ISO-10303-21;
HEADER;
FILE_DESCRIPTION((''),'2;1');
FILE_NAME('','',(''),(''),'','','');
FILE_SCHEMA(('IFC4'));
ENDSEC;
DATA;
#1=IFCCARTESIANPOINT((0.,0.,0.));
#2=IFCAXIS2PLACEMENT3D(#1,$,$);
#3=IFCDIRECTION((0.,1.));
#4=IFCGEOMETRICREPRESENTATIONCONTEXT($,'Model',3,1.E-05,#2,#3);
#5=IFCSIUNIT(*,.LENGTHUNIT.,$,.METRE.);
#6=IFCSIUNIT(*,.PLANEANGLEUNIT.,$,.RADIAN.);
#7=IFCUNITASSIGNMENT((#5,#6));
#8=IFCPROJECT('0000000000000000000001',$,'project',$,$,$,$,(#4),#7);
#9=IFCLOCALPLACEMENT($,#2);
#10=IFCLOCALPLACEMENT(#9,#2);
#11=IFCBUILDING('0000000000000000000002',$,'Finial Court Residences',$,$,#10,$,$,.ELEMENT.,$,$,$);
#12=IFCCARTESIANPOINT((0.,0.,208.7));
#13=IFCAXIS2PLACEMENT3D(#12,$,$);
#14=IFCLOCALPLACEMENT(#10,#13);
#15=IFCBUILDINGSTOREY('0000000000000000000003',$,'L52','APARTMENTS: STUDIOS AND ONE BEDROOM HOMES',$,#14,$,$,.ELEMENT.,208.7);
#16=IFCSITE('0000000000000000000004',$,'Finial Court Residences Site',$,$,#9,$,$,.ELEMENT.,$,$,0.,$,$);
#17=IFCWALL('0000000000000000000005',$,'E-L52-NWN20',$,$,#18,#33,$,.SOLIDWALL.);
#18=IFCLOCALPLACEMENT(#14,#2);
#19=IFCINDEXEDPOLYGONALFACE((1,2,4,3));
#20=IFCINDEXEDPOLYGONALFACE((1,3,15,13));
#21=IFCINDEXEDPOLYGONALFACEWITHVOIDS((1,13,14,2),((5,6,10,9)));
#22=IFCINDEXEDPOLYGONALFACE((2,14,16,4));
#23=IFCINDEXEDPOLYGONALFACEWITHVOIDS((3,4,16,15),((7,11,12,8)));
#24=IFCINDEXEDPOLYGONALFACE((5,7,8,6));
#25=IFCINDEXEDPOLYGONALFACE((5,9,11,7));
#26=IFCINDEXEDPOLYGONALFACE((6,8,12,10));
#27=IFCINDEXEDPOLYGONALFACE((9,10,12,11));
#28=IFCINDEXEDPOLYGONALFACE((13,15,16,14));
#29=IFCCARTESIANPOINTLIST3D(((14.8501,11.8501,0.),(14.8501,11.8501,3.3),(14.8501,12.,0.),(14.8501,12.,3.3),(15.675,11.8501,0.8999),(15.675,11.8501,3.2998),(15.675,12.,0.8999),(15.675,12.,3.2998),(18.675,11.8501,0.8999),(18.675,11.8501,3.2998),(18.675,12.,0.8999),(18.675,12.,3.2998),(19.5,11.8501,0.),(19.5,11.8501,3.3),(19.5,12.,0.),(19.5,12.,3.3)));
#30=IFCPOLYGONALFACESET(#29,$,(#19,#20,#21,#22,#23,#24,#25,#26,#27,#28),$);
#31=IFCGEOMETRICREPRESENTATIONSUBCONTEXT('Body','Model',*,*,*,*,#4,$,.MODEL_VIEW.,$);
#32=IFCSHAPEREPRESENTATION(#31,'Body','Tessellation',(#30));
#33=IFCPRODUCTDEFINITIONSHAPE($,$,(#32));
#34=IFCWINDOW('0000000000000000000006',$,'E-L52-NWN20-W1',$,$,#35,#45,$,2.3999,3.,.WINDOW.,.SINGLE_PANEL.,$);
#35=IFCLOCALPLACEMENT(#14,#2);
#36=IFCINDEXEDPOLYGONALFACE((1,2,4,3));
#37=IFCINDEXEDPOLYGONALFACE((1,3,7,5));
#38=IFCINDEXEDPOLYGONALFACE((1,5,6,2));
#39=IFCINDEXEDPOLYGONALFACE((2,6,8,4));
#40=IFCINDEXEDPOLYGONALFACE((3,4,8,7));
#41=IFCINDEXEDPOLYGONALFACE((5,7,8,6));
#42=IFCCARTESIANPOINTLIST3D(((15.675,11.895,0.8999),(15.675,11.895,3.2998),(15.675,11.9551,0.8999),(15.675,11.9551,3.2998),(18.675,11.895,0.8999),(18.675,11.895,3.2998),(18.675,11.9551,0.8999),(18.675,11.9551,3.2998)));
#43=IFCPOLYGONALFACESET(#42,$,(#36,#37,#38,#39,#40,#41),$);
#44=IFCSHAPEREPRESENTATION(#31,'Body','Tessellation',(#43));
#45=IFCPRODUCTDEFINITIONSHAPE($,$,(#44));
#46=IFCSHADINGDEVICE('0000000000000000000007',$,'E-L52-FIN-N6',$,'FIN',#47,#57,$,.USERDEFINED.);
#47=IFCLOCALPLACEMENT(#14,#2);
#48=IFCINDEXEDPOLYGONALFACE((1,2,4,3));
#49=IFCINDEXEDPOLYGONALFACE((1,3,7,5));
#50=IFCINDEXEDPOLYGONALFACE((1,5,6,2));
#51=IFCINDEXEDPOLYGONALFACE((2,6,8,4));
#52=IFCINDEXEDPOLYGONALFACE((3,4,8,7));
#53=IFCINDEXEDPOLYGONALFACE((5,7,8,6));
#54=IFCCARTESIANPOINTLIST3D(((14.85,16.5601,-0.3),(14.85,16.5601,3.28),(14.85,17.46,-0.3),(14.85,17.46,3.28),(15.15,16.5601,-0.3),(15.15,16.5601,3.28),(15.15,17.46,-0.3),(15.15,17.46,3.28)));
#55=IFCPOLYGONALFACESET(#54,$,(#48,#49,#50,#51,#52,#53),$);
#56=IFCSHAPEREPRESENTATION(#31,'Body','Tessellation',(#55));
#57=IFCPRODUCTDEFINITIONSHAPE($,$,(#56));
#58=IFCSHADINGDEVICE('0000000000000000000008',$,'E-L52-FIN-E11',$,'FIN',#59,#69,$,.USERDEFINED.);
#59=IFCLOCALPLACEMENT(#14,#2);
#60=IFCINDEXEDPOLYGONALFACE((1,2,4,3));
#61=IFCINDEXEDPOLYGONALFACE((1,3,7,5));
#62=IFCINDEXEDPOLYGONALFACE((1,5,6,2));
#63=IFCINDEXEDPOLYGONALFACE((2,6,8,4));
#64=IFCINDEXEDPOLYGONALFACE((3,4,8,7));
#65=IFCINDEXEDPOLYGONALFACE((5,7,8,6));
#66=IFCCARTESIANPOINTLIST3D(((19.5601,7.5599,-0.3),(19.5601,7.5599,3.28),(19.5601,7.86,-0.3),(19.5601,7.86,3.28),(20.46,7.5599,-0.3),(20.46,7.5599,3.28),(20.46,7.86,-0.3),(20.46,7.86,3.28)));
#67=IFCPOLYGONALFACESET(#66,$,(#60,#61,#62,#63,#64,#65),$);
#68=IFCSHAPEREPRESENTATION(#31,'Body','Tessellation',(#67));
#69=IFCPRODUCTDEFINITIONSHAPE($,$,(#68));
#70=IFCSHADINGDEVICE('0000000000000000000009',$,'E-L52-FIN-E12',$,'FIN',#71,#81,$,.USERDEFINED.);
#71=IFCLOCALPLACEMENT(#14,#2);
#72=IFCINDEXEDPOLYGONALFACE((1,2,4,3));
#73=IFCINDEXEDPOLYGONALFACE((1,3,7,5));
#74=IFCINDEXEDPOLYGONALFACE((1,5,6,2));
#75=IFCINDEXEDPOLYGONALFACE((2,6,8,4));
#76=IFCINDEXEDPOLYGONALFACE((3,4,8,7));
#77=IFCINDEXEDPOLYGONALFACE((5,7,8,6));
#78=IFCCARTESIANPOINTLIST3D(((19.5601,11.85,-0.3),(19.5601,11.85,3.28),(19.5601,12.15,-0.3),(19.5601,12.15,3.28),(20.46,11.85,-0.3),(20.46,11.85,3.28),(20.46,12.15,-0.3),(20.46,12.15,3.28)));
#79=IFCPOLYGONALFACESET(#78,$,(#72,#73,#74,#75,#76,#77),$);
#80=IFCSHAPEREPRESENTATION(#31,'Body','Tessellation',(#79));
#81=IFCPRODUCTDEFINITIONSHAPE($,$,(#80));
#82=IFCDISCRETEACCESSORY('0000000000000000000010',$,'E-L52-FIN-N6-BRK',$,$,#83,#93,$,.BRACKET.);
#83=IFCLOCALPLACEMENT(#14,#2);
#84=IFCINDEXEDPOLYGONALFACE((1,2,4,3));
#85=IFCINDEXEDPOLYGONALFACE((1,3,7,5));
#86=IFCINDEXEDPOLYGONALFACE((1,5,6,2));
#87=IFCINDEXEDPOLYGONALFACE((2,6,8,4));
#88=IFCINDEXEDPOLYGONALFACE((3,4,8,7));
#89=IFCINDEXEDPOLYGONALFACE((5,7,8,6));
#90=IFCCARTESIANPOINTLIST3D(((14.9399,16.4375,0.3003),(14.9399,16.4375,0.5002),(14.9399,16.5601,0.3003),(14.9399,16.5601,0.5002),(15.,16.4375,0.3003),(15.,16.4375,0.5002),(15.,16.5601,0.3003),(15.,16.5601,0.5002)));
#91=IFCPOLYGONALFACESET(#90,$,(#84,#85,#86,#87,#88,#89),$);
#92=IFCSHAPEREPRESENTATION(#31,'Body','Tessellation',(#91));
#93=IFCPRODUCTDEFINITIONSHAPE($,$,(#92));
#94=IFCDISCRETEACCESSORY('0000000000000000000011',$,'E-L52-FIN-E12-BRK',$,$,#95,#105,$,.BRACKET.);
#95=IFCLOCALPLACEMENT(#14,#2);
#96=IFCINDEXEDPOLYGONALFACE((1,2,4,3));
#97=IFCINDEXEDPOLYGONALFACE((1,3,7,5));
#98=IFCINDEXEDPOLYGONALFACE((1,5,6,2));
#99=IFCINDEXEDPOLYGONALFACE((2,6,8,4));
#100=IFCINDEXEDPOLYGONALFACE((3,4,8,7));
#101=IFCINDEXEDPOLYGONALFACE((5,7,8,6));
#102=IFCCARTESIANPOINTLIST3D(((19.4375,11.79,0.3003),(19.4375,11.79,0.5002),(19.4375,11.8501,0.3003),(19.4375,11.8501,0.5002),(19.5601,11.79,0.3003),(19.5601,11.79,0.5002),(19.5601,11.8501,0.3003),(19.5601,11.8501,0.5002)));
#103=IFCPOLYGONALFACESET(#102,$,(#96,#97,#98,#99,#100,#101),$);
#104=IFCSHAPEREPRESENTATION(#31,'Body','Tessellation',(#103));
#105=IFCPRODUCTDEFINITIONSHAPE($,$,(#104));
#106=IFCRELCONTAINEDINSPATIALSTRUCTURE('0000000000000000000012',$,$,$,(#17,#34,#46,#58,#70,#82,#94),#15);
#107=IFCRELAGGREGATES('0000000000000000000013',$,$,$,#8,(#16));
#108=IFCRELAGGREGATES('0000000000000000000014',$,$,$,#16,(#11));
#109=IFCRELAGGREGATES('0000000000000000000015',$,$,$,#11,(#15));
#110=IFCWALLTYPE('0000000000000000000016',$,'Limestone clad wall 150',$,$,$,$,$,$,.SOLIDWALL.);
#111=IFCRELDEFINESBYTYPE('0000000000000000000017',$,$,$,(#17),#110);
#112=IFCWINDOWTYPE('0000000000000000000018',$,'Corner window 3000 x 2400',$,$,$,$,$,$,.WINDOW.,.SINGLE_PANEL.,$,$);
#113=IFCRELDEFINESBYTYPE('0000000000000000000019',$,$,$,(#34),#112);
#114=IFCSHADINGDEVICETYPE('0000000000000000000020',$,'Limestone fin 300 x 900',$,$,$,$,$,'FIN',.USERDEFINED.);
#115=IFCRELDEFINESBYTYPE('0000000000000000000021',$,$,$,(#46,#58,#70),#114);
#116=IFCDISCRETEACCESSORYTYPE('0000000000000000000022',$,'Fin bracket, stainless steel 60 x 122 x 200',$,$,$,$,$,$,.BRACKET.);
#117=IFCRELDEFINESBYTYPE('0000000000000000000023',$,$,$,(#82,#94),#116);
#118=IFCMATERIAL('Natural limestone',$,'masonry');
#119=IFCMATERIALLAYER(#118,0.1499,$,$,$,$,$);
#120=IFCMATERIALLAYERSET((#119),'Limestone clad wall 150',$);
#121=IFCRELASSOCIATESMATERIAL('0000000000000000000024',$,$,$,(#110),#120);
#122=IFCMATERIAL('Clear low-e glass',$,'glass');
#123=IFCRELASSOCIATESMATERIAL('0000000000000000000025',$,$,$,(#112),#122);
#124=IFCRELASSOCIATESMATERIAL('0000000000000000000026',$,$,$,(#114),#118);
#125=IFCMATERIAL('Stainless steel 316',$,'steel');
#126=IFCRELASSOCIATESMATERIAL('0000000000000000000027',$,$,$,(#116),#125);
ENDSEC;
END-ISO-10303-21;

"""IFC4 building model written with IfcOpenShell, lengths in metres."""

from ifc_helpers import new_model, si_unit, direction, frame, frame_2d, origin, origin_2d, place, context, subcontext, project, spatial, rectangle, extrude, material, layer, layer_set, type_object, element, fill, save


model = new_model("IFC4")

# Units and contexts
model_context = context("Model", 3, precision=1e-05, world=origin(), true_north=direction((0.0, 1.0)))
body_context = subcontext(model_context, "Body", "Model", "MODEL_VIEW")
ifc_project = project(units=[si_unit("LENGTHUNIT", "METRE"), si_unit("PLANEANGLEUNIT", "RADIAN")], contexts=[model_context])

# Site, building, storey
site_placement = place(None, origin())
site = spatial("IfcSite", under=ifc_project, at=site_placement, Name="Finial Court Residences Site", CompositionType="ELEMENT", RefElevation=0.0)
building_placement = place(site_placement, origin())
building = spatial("IfcBuilding", under=site, at=building_placement, Name="Finial Court Residences", CompositionType="ELEMENT")
storey_placement = place(building_placement, frame((0.0, 0.0, 208.7)))
storey = spatial("IfcBuildingStorey", under=building, at=storey_placement, Name="L52", Description="APARTMENTS: STUDIOS AND ONE BEDROOM HOMES", CompositionType="ELEMENT", Elevation=208.7)

# Shared definitions
ifc_material_1 = material(Name="Clear low-e glass", Category="glass")

# Wall, opening, window
ifc_material_2 = material(Name="Natural limestone", Category="masonry")
ifc_layer_1 = layer(ifc_material_2, 0.1499)
ifc_layer_set_1 = layer_set([ifc_layer_1], Name="Limestone clad wall 150")
wall_type_1 = type_object("IfcWallType", Name="Limestone clad wall 150", PredefinedType="SOLIDWALL", material=ifc_layer_set_1)
window_type = type_object("IfcWindowType", Name="Corner window 3000 x 2400", PartitioningType="SINGLE_PANEL", PredefinedType="WINDOW", material=ifc_material_1)
wall_1_placement = place(storey_placement, frame((14.8501, 11.925, 0.0), z_axis=(0.0, 0.0, 1.0), x_axis=(1.0, 0.0, 0.0)))
wall_1 = element("IfcWall", 1, at=wall_1_placement, inside=storey, type_object=wall_type_1, Name="E-L52-NWN20", PredefinedType="SOLIDWALL", context=body_context, shape_type="SweptSolid", body=[
    extrude(rectangle(XDim=4.6499, YDim=0.1499, at=frame_2d((2.325, 0.0))), origin(), (0.0, 0.0, 1.0), 3.3),
])
opening_1_placement = place(wall_1_placement, frame((0.825, 0.0, 0.8999)))
opening_1 = element("IfcOpeningElement", 2, at=opening_1_placement, cuts=wall_1, PredefinedType="OPENING", context=body_context, shape_type="SweptSolid", body=[
    extrude(rectangle(XDim=3.0, YDim=2.3999, at=frame_2d((1.5, 1.2))), frame((0.0, 0.085, 0.0), z_axis=(0.0, -1.0, 0.0), x_axis=(1.0, 0.0, 0.0)), (0.0, 0.0, 1.0), 0.1699),
])
window_1_placement = place(opening_1_placement, origin())
window_1 = element("IfcWindow", 3, at=window_1_placement, inside=storey, type_object=window_type, Name="E-L52-NWN20-W1", OverallHeight=2.3999, OverallWidth=3.0, PartitioningType="SINGLE_PANEL", PredefinedType="WINDOW", context=body_context, shape_type="SweptSolid", body=[
    extrude(rectangle(XDim=3.0, YDim=2.3999, at=frame_2d((1.5, 1.2))), frame((0.0, 0.03, 0.0), z_axis=(0.0, -1.0, 0.0), x_axis=(1.0, 0.0, 0.0)), (0.0, 0.0, 1.0), 0.0601),
])
fill(opening_1, window_1)

# Shading devices
shading_device_type = type_object("IfcShadingDeviceType", Name="Limestone fin 300 x 900", ElementType="FIN", PredefinedType="USERDEFINED", material=ifc_material_2)
shading_device_placement = place(storey_placement, frame((15.0, 17.01, -0.3), z_axis=(0.0, 0.0, 1.0), x_axis=(1.0, 0.0, 0.0)))
element("IfcShadingDevice", 4, at=shading_device_placement, inside=storey, type_object=shading_device_type, Name="E-L52-FIN-N6", ObjectType="FIN", PredefinedType="USERDEFINED", context=body_context, shape_type="SweptSolid", body=[
    extrude(rectangle(XDim=0.3, YDim=0.8999, at=origin_2d()), origin(), (0.0, 0.0, 1.0), 3.5801),
])
for number, where, z_axis, x_axis, name in (
    (5, (20.01, 7.71, -0.3), (0.0, 0.0, 1.0), (1.0, 0.0, 0.0), "E-L52-FIN-E11"),
    (6, (20.01, 12.0, -0.3), (0.0, 0.0, 1.0), (1.0, 0.0, 0.0), "E-L52-FIN-E12"),
):
    element("IfcShadingDevice", number, at=place(storey_placement, frame(where, z_axis=z_axis, x_axis=x_axis)), inside=storey, type_object=shading_device_type, Name=name, ObjectType="FIN", PredefinedType="USERDEFINED", context=body_context, shape_type="SweptSolid", body=[
        extrude(rectangle(XDim=0.8999, YDim=0.3, at=origin_2d()), origin(), (0.0, 0.0, 1.0), 3.5801),
    ])

# Discrete accessories
ifc_material_3 = material(Name="Stainless steel 316", Category="steel")
discrete_accessory_type = type_object("IfcDiscreteAccessoryType", Name="Fin bracket, stainless steel 60 x 122 x 200", PredefinedType="BRACKET", material=ifc_material_3)
discrete_accessory_1_placement = place(storey_placement, frame((14.97, 16.4988, 0.3003), z_axis=(0.0, 0.0, 1.0), x_axis=(1.0, 0.0, 0.0)))
element("IfcDiscreteAccessory", 7, at=discrete_accessory_1_placement, inside=storey, type_object=discrete_accessory_type, Name="E-L52-FIN-N6-BRK", PredefinedType="BRACKET", context=body_context, shape_type="SweptSolid", body=[
    extrude(rectangle(XDim=0.0601, YDim=0.1226, at=origin_2d()), origin(), (0.0, 0.0, 1.0), 0.2),
])
discrete_accessory_2_placement = place(storey_placement, frame((19.4988, 11.8201, 0.3003), z_axis=(0.0, 0.0, 1.0), x_axis=(1.0, 0.0, 0.0)))
element("IfcDiscreteAccessory", 8, at=discrete_accessory_2_placement, inside=storey, type_object=discrete_accessory_type, Name="E-L52-FIN-E12-BRK", PredefinedType="BRACKET", context=body_context, shape_type="SweptSolid", body=[
    extrude(rectangle(XDim=0.1226, YDim=0.0601, at=origin_2d()), origin(), (0.0, 0.0, 1.0), 0.2),
])

save(model, "model.ifc")
